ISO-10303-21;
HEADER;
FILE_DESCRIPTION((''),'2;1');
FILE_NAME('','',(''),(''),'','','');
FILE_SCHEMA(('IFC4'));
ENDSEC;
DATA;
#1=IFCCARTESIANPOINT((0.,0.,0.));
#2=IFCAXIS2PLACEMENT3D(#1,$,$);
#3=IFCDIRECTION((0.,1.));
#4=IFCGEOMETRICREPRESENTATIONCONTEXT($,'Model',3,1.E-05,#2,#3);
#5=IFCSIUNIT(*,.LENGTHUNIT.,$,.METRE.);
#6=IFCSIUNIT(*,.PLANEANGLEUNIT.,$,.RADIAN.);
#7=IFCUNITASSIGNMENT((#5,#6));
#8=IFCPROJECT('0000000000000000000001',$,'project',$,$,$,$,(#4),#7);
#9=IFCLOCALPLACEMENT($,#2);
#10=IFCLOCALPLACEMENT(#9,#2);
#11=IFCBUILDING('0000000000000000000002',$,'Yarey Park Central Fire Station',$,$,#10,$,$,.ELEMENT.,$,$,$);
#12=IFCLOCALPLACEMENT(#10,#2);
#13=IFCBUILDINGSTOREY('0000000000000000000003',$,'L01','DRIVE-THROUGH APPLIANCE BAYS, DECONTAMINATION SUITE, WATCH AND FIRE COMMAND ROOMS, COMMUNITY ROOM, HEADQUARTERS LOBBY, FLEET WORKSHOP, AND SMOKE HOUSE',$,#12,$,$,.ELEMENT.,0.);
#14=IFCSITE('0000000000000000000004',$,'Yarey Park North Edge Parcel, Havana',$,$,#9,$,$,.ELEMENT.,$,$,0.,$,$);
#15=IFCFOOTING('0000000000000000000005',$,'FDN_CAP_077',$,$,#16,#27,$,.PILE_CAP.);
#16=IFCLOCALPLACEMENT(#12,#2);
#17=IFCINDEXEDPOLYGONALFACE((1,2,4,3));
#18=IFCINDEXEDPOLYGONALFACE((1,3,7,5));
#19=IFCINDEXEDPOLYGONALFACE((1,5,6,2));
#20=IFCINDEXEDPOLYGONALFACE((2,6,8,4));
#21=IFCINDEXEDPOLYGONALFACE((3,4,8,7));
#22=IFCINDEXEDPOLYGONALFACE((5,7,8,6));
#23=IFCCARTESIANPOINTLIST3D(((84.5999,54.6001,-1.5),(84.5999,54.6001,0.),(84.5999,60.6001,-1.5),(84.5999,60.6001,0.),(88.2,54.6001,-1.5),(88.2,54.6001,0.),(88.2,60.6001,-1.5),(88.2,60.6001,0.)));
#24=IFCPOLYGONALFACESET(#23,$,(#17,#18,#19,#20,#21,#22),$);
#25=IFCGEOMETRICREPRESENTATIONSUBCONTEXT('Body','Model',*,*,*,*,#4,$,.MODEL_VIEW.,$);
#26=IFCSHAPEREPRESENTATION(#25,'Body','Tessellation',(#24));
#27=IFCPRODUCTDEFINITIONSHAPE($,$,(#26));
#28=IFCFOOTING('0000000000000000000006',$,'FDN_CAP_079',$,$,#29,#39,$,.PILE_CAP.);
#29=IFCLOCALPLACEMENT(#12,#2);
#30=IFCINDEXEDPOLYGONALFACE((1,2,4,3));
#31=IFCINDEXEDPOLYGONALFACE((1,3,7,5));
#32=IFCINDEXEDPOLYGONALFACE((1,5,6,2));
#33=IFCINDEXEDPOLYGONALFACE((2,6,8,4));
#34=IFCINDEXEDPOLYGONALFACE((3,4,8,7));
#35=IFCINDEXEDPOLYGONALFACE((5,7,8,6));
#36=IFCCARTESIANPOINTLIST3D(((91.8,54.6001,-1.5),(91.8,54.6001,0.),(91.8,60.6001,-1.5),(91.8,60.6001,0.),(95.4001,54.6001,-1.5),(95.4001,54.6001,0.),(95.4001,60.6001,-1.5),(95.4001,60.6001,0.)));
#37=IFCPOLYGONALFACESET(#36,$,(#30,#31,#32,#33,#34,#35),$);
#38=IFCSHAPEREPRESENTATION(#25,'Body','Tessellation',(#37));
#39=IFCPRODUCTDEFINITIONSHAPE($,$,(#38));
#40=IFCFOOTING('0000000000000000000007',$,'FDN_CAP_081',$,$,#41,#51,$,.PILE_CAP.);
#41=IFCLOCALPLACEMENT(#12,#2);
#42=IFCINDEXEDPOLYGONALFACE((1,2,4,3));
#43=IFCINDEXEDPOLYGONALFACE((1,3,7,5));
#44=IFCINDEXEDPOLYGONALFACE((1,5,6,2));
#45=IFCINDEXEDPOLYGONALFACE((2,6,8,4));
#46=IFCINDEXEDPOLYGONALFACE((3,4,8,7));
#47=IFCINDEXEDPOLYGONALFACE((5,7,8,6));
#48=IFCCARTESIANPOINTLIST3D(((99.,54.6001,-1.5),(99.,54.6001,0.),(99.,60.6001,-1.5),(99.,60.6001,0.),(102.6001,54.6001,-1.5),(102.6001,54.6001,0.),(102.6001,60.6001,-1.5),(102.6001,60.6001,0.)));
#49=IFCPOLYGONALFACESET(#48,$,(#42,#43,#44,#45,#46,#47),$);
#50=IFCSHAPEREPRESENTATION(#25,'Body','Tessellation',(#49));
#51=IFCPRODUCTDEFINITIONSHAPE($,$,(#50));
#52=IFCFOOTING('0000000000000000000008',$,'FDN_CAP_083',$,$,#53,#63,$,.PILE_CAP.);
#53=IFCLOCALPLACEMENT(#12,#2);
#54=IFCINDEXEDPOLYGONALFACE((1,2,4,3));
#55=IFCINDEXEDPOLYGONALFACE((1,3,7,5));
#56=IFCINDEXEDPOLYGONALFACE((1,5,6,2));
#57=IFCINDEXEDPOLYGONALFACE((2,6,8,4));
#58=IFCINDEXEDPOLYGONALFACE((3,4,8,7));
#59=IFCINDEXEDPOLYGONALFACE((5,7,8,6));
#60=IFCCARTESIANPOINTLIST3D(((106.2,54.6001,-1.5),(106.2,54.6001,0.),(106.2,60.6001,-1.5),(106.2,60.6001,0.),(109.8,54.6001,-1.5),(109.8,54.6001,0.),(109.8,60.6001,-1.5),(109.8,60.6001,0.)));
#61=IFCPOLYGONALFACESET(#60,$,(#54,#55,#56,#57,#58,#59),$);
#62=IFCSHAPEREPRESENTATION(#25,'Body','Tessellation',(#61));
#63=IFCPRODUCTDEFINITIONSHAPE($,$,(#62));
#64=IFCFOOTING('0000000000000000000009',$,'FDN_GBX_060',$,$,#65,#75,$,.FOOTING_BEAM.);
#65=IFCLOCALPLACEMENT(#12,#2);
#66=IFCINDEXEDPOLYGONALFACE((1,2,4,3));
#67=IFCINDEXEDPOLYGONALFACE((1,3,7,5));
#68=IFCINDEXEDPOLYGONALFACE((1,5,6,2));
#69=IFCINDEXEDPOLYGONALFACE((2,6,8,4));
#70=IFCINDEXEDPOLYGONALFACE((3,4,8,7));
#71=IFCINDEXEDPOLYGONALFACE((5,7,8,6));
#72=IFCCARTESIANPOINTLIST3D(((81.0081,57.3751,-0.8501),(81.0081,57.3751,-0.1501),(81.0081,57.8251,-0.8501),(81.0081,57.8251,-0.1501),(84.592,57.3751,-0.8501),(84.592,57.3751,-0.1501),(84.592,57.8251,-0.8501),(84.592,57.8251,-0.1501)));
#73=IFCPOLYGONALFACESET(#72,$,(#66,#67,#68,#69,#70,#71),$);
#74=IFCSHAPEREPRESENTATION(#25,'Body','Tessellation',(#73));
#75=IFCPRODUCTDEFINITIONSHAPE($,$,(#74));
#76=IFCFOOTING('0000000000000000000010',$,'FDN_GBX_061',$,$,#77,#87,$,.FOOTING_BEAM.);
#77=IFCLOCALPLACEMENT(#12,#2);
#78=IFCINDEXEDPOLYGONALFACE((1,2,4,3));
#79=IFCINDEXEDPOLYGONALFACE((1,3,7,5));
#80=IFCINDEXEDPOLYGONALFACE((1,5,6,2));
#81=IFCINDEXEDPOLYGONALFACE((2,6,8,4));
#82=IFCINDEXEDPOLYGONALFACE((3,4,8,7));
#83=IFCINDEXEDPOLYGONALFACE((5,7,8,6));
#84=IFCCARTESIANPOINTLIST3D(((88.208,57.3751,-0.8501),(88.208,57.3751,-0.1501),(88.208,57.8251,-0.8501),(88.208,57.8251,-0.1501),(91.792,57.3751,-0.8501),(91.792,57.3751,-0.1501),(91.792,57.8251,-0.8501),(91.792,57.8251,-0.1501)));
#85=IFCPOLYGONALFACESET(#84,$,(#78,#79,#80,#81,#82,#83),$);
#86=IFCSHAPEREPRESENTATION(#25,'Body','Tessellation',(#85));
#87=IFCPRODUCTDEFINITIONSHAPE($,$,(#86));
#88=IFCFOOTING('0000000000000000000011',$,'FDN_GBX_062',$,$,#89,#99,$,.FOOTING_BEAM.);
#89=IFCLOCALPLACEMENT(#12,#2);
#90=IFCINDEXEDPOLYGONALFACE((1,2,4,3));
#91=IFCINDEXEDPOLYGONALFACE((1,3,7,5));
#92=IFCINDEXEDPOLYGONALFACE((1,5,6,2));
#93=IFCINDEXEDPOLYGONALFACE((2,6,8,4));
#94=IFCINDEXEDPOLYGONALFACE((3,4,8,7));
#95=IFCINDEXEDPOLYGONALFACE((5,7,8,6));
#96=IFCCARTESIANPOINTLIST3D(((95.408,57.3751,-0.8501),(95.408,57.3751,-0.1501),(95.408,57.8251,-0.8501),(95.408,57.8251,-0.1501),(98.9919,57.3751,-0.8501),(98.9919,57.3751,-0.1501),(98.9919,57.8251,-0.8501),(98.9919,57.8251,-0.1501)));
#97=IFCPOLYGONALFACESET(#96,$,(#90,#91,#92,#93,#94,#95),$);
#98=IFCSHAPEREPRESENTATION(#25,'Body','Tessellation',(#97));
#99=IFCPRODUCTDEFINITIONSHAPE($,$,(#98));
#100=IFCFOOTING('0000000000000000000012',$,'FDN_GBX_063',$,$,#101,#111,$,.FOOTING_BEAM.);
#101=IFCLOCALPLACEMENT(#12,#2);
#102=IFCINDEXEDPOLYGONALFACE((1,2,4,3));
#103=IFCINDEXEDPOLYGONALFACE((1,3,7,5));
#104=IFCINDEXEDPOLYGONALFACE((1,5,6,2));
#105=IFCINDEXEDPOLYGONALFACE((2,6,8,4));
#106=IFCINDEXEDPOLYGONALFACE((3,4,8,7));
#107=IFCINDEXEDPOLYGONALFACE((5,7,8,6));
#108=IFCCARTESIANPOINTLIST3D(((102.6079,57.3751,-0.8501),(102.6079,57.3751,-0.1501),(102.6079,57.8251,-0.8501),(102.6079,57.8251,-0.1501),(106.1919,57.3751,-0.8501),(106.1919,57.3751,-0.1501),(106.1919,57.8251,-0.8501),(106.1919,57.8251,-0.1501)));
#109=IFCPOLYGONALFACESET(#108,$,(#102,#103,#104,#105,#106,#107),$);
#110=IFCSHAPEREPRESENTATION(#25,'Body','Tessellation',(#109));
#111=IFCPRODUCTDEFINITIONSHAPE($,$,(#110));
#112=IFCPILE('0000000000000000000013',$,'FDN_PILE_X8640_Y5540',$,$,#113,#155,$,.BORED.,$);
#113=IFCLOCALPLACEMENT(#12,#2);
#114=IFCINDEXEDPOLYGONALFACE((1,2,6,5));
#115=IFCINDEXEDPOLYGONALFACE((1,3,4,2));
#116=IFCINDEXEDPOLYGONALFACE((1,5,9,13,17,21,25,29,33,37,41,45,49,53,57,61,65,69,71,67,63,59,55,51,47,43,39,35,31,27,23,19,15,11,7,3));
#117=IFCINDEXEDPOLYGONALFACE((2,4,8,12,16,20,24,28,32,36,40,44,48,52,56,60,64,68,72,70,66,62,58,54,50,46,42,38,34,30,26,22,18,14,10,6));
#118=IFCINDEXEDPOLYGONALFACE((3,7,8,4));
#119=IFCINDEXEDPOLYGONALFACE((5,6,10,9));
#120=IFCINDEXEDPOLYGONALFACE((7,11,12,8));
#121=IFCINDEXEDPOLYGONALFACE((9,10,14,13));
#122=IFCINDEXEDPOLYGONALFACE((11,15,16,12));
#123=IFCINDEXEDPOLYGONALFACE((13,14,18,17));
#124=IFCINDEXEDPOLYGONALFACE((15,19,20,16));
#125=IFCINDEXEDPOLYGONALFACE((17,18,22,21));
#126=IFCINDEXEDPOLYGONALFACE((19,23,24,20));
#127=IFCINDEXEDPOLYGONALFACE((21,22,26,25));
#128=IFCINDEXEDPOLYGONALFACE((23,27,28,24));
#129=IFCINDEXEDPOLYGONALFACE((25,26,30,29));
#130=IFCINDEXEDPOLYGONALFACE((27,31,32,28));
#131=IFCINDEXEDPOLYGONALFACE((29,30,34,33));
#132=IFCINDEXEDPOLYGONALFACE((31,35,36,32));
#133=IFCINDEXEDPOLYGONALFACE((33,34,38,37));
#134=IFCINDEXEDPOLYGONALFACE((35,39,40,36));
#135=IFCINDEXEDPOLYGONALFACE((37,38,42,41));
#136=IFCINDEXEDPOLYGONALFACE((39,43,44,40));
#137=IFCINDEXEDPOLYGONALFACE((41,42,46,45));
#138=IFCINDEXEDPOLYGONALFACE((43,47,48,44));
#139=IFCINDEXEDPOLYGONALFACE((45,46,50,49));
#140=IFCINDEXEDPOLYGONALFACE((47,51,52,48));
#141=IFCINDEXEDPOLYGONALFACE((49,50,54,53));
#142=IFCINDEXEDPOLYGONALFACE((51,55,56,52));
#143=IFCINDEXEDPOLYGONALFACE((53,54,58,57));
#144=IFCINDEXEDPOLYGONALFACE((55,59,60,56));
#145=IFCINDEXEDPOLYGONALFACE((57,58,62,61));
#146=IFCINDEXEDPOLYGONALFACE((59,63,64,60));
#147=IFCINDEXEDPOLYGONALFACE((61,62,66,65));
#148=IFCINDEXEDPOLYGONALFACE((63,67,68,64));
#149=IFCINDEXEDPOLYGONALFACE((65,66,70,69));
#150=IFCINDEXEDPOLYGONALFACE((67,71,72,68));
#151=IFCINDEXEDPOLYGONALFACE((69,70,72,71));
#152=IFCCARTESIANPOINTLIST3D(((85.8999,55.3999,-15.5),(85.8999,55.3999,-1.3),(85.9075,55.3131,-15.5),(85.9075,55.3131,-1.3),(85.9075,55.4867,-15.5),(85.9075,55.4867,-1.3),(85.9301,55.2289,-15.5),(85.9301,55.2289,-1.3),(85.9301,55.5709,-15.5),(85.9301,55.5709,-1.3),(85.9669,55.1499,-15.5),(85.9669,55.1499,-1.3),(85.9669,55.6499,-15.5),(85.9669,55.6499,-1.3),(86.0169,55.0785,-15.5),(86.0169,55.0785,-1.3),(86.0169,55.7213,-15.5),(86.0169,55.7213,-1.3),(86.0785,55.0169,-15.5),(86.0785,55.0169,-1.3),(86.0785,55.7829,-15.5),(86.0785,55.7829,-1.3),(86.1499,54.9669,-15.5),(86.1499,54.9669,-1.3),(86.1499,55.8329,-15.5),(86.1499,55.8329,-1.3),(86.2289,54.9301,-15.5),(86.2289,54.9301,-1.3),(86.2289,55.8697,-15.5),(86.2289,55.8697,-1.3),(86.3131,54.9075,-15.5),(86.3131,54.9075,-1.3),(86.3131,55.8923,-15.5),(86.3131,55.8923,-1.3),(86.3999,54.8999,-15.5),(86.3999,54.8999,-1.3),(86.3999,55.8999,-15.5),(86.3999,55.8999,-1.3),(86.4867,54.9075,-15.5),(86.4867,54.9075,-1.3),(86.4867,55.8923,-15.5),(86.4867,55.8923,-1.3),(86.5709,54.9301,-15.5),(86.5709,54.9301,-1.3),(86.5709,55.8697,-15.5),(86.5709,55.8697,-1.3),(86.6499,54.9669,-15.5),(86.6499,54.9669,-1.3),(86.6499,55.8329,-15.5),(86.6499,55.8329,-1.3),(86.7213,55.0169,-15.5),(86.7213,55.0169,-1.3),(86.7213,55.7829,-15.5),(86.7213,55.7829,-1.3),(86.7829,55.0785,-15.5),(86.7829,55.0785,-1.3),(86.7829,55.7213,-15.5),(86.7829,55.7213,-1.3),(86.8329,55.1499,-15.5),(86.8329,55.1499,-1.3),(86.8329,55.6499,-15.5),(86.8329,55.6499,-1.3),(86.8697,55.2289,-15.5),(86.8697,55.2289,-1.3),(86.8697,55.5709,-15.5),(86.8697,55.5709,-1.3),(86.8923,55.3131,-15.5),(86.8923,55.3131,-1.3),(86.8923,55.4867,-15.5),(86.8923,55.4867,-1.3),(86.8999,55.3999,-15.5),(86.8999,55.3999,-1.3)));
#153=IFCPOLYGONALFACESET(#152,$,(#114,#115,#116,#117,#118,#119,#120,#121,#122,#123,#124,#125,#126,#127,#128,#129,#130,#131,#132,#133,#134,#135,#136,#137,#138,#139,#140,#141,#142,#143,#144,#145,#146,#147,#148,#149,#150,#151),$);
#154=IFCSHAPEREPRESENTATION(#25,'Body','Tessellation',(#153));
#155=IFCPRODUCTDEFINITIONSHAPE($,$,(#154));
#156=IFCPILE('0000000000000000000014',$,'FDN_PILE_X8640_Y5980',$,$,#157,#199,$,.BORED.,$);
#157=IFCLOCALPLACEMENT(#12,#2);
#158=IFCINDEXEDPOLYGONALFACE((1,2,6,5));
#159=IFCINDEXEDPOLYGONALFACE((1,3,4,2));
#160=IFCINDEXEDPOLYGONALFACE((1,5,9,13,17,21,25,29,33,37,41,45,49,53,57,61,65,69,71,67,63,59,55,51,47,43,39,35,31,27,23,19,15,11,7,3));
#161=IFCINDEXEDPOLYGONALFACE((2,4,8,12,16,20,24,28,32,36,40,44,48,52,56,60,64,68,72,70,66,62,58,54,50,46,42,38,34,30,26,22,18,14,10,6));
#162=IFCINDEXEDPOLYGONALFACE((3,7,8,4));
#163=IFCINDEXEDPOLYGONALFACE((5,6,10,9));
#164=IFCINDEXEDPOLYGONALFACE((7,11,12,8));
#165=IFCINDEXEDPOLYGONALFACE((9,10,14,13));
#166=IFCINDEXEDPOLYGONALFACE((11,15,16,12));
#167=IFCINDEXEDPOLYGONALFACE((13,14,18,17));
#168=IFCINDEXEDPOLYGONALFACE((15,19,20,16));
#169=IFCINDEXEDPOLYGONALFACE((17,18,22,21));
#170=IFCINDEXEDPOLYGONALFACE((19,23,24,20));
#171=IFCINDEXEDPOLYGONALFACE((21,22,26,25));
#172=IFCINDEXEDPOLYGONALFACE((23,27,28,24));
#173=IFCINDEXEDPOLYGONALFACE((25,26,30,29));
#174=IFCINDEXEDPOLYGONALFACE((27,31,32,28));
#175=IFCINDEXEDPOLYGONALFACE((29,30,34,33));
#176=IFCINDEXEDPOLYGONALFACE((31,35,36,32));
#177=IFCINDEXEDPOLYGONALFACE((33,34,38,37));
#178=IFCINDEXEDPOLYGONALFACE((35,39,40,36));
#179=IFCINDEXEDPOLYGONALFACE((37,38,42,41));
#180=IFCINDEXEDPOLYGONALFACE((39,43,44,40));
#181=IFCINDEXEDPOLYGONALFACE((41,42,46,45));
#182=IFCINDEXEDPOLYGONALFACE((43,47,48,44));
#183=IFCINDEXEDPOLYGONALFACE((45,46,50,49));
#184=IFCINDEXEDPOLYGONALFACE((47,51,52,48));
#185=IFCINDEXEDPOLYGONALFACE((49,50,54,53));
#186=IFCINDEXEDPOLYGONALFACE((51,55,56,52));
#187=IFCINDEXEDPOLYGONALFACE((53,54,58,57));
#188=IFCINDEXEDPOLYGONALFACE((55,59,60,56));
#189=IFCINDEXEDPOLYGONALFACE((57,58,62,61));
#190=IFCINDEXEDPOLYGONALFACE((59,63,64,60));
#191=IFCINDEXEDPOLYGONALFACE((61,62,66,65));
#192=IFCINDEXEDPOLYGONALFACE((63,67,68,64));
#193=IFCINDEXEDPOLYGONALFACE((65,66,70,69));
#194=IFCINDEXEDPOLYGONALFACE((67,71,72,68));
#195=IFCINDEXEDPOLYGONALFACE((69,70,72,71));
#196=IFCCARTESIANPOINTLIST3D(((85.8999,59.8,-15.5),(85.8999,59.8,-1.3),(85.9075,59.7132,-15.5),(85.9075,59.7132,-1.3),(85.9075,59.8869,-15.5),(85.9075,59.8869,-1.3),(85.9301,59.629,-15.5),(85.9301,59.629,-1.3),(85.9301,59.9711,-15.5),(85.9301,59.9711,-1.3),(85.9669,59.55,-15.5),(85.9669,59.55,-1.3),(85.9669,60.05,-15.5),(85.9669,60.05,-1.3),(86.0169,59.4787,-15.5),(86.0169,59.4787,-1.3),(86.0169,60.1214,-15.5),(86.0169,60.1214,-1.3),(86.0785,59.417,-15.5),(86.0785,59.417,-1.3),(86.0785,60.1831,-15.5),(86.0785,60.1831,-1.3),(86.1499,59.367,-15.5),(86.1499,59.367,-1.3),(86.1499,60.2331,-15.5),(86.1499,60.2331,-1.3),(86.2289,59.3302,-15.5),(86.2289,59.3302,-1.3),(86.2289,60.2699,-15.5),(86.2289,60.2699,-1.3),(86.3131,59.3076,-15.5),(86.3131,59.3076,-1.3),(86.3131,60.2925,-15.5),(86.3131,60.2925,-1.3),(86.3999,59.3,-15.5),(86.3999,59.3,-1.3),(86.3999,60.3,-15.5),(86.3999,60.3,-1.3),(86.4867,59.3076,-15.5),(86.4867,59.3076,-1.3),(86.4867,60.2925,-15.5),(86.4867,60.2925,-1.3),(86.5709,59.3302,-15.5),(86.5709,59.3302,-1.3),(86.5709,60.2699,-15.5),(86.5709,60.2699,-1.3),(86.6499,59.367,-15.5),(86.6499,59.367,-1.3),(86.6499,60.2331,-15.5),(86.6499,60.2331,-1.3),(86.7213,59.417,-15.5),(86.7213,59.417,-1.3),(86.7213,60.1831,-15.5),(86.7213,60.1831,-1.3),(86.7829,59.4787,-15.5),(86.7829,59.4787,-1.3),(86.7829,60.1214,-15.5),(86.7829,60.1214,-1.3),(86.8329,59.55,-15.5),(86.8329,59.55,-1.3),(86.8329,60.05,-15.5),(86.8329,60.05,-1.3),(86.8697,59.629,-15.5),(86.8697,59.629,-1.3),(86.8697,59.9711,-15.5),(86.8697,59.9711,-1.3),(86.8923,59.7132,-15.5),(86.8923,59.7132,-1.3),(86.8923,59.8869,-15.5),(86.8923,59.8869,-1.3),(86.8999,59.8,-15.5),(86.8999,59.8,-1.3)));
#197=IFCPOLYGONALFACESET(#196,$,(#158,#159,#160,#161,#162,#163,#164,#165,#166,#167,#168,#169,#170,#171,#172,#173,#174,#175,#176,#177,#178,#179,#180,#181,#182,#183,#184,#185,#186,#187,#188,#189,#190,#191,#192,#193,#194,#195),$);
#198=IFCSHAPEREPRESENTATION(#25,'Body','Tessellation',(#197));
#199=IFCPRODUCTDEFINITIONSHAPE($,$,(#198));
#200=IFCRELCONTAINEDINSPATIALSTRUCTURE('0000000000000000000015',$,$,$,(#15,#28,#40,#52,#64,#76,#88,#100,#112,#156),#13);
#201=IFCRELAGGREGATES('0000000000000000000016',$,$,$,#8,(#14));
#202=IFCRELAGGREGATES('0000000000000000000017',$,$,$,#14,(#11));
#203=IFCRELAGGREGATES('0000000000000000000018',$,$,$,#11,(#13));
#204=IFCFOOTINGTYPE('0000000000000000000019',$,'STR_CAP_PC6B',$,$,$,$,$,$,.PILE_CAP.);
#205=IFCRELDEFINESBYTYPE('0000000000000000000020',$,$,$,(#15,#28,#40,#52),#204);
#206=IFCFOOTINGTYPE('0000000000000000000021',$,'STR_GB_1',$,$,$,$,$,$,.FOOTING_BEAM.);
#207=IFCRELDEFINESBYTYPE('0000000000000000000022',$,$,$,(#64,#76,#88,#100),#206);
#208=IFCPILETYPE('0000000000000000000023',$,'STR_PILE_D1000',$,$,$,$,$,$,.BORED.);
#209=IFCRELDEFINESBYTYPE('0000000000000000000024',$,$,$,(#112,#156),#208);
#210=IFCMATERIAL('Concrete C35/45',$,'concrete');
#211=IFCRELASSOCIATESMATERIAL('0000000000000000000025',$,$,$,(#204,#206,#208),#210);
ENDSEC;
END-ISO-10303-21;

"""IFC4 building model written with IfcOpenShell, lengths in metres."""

from ifc_helpers import new_model, si_unit, direction, frame, origin, origin_2d, place, context, subcontext, project, spatial, rectangle, circle, extrude, material, material_profile, profile_set, type_object, element, save


model = new_model("IFC4")

# Units and contexts
model_context = context("Model", 3, precision=1e-05, world=origin(), true_north=direction((0.0, 1.0)))
body_context = subcontext(model_context, "Body", "Model", "MODEL_VIEW")
ifc_project = project(units=[si_unit("LENGTHUNIT", "METRE"), si_unit("PLANEANGLEUNIT", "RADIAN")], contexts=[model_context])

# Site, building, storey
site_placement = place(None, origin())
site = spatial("IfcSite", under=ifc_project, at=site_placement, Name="Yarey Park North Edge Parcel, Havana", CompositionType="ELEMENT", RefElevation=0.0)
building_placement = place(site_placement, origin())
building = spatial("IfcBuilding", under=site, at=building_placement, Name="Yarey Park Central Fire Station", CompositionType="ELEMENT")
storey_placement = place(building_placement, origin())
storey = spatial("IfcBuildingStorey", under=building, at=storey_placement, Name="L01", Description="DRIVE-THROUGH APPLIANCE BAYS, DECONTAMINATION SUITE, WATCH AND FIRE COMMAND ROOMS, COMMUNITY ROOM, HEADQUARTERS LOBBY, FLEET WORKSHOP, AND SMOKE HOUSE", CompositionType="ELEMENT", Elevation=0.0)

# Footings
ifc_material_1 = material(Name="Concrete C35/45", Category="concrete")
footing_type_1 = type_object("IfcFootingType", Name="STR_CAP_PC6B", PredefinedType="PILE_CAP", material=ifc_material_1)
for number, where, z_axis, x_axis, name in (
    (1, (86.3999, 57.6001, -1.5), (0.0, 0.0, 1.0), (1.0, 0.0, 0.0), "FDN_CAP_077"),
    (2, (93.6001, 57.6001, -1.5), (0.0, 0.0, 1.0), (1.0, 0.0, 0.0), "FDN_CAP_079"),
    (3, (100.8, 57.6001, -1.5), (0.0, 0.0, 1.0), (1.0, 0.0, 0.0), "FDN_CAP_081"),
    (4, (108.0, 57.6001, -1.5), (0.0, 0.0, 1.0), (1.0, 0.0, 0.0), "FDN_CAP_083"),
):
    element("IfcFooting", number, at=place(storey_placement, frame(where, z_axis=z_axis, x_axis=x_axis)), inside=storey, type_object=footing_type_1, Name=name, PredefinedType="PILE_CAP", context=body_context, shape_type="SweptSolid", body=[
        extrude(rectangle(XDim=3.6001, YDim=6.0, at=origin_2d()), origin(), (0.0, 0.0, 1.0), 1.5),
    ])
footing_type_2 = type_object("IfcFootingType", Name="STR_GB_1", PredefinedType="FOOTING_BEAM", material=ifc_material_1)
for number, where, z_axis, x_axis, name in (
    (5, (82.8, 57.6001, -0.8501), (0.0, 0.0, 1.0), (1.0, 0.0, 0.0), "FDN_GBX_060"),
    (6, (90.0, 57.6001, -0.8501), (0.0, 0.0, 1.0), (1.0, 0.0, 0.0), "FDN_GBX_061"),
    (7, (97.2, 57.6001, -0.8501), (0.0, 0.0, 1.0), (1.0, 0.0, 0.0), "FDN_GBX_062"),
    (8, (104.3999, 57.6001, -0.8501), (0.0, 0.0, 1.0), (1.0, 0.0, 0.0), "FDN_GBX_063"),
):
    element("IfcFooting", number, at=place(storey_placement, frame(where, z_axis=z_axis, x_axis=x_axis)), inside=storey, type_object=footing_type_2, Name=name, PredefinedType="FOOTING_BEAM", context=body_context, shape_type="SweptSolid", body=[
        extrude(rectangle(XDim=3.584, YDim=0.45, at=origin_2d()), origin(), (0.0, 0.0, 1.0), 0.7),
    ])

# Piles
ifc_material_profile_1 = material_profile(ifc_material_1, circle(Radius=0.5, at=origin_2d()), Name="BORED PILE D1000")
ifc_profile_set_1 = profile_set([ifc_material_profile_1], Name="Concrete C35/45")
pile_type = type_object("IfcPileType", Name="STR_PILE_D1000", PredefinedType="BORED", material=ifc_profile_set_1)
for number, where, z_axis, x_axis, name in (
    (9, (86.3999, 55.3999, -1.3), (0.0, 0.0, -1.0), (1.0, 0.0, 0.0), "FDN_PILE_X8640_Y5540"),
    (10, (86.3999, 59.8, -1.3), (0.0, 0.0, -1.0), (1.0, 0.0, 0.0), "FDN_PILE_X8640_Y5980"),
):
    element("IfcPile", number, at=place(storey_placement, frame(where, z_axis=z_axis, x_axis=x_axis)), inside=storey, type_object=pile_type, Name=name, PredefinedType="BORED", context=body_context, shape_type="SweptSolid", body=[
        extrude(circle(Radius=0.5, at=origin_2d()), origin(), (0.0, 0.0, 1.0), 14.2),
    ])

save(model, "model.ifc")
